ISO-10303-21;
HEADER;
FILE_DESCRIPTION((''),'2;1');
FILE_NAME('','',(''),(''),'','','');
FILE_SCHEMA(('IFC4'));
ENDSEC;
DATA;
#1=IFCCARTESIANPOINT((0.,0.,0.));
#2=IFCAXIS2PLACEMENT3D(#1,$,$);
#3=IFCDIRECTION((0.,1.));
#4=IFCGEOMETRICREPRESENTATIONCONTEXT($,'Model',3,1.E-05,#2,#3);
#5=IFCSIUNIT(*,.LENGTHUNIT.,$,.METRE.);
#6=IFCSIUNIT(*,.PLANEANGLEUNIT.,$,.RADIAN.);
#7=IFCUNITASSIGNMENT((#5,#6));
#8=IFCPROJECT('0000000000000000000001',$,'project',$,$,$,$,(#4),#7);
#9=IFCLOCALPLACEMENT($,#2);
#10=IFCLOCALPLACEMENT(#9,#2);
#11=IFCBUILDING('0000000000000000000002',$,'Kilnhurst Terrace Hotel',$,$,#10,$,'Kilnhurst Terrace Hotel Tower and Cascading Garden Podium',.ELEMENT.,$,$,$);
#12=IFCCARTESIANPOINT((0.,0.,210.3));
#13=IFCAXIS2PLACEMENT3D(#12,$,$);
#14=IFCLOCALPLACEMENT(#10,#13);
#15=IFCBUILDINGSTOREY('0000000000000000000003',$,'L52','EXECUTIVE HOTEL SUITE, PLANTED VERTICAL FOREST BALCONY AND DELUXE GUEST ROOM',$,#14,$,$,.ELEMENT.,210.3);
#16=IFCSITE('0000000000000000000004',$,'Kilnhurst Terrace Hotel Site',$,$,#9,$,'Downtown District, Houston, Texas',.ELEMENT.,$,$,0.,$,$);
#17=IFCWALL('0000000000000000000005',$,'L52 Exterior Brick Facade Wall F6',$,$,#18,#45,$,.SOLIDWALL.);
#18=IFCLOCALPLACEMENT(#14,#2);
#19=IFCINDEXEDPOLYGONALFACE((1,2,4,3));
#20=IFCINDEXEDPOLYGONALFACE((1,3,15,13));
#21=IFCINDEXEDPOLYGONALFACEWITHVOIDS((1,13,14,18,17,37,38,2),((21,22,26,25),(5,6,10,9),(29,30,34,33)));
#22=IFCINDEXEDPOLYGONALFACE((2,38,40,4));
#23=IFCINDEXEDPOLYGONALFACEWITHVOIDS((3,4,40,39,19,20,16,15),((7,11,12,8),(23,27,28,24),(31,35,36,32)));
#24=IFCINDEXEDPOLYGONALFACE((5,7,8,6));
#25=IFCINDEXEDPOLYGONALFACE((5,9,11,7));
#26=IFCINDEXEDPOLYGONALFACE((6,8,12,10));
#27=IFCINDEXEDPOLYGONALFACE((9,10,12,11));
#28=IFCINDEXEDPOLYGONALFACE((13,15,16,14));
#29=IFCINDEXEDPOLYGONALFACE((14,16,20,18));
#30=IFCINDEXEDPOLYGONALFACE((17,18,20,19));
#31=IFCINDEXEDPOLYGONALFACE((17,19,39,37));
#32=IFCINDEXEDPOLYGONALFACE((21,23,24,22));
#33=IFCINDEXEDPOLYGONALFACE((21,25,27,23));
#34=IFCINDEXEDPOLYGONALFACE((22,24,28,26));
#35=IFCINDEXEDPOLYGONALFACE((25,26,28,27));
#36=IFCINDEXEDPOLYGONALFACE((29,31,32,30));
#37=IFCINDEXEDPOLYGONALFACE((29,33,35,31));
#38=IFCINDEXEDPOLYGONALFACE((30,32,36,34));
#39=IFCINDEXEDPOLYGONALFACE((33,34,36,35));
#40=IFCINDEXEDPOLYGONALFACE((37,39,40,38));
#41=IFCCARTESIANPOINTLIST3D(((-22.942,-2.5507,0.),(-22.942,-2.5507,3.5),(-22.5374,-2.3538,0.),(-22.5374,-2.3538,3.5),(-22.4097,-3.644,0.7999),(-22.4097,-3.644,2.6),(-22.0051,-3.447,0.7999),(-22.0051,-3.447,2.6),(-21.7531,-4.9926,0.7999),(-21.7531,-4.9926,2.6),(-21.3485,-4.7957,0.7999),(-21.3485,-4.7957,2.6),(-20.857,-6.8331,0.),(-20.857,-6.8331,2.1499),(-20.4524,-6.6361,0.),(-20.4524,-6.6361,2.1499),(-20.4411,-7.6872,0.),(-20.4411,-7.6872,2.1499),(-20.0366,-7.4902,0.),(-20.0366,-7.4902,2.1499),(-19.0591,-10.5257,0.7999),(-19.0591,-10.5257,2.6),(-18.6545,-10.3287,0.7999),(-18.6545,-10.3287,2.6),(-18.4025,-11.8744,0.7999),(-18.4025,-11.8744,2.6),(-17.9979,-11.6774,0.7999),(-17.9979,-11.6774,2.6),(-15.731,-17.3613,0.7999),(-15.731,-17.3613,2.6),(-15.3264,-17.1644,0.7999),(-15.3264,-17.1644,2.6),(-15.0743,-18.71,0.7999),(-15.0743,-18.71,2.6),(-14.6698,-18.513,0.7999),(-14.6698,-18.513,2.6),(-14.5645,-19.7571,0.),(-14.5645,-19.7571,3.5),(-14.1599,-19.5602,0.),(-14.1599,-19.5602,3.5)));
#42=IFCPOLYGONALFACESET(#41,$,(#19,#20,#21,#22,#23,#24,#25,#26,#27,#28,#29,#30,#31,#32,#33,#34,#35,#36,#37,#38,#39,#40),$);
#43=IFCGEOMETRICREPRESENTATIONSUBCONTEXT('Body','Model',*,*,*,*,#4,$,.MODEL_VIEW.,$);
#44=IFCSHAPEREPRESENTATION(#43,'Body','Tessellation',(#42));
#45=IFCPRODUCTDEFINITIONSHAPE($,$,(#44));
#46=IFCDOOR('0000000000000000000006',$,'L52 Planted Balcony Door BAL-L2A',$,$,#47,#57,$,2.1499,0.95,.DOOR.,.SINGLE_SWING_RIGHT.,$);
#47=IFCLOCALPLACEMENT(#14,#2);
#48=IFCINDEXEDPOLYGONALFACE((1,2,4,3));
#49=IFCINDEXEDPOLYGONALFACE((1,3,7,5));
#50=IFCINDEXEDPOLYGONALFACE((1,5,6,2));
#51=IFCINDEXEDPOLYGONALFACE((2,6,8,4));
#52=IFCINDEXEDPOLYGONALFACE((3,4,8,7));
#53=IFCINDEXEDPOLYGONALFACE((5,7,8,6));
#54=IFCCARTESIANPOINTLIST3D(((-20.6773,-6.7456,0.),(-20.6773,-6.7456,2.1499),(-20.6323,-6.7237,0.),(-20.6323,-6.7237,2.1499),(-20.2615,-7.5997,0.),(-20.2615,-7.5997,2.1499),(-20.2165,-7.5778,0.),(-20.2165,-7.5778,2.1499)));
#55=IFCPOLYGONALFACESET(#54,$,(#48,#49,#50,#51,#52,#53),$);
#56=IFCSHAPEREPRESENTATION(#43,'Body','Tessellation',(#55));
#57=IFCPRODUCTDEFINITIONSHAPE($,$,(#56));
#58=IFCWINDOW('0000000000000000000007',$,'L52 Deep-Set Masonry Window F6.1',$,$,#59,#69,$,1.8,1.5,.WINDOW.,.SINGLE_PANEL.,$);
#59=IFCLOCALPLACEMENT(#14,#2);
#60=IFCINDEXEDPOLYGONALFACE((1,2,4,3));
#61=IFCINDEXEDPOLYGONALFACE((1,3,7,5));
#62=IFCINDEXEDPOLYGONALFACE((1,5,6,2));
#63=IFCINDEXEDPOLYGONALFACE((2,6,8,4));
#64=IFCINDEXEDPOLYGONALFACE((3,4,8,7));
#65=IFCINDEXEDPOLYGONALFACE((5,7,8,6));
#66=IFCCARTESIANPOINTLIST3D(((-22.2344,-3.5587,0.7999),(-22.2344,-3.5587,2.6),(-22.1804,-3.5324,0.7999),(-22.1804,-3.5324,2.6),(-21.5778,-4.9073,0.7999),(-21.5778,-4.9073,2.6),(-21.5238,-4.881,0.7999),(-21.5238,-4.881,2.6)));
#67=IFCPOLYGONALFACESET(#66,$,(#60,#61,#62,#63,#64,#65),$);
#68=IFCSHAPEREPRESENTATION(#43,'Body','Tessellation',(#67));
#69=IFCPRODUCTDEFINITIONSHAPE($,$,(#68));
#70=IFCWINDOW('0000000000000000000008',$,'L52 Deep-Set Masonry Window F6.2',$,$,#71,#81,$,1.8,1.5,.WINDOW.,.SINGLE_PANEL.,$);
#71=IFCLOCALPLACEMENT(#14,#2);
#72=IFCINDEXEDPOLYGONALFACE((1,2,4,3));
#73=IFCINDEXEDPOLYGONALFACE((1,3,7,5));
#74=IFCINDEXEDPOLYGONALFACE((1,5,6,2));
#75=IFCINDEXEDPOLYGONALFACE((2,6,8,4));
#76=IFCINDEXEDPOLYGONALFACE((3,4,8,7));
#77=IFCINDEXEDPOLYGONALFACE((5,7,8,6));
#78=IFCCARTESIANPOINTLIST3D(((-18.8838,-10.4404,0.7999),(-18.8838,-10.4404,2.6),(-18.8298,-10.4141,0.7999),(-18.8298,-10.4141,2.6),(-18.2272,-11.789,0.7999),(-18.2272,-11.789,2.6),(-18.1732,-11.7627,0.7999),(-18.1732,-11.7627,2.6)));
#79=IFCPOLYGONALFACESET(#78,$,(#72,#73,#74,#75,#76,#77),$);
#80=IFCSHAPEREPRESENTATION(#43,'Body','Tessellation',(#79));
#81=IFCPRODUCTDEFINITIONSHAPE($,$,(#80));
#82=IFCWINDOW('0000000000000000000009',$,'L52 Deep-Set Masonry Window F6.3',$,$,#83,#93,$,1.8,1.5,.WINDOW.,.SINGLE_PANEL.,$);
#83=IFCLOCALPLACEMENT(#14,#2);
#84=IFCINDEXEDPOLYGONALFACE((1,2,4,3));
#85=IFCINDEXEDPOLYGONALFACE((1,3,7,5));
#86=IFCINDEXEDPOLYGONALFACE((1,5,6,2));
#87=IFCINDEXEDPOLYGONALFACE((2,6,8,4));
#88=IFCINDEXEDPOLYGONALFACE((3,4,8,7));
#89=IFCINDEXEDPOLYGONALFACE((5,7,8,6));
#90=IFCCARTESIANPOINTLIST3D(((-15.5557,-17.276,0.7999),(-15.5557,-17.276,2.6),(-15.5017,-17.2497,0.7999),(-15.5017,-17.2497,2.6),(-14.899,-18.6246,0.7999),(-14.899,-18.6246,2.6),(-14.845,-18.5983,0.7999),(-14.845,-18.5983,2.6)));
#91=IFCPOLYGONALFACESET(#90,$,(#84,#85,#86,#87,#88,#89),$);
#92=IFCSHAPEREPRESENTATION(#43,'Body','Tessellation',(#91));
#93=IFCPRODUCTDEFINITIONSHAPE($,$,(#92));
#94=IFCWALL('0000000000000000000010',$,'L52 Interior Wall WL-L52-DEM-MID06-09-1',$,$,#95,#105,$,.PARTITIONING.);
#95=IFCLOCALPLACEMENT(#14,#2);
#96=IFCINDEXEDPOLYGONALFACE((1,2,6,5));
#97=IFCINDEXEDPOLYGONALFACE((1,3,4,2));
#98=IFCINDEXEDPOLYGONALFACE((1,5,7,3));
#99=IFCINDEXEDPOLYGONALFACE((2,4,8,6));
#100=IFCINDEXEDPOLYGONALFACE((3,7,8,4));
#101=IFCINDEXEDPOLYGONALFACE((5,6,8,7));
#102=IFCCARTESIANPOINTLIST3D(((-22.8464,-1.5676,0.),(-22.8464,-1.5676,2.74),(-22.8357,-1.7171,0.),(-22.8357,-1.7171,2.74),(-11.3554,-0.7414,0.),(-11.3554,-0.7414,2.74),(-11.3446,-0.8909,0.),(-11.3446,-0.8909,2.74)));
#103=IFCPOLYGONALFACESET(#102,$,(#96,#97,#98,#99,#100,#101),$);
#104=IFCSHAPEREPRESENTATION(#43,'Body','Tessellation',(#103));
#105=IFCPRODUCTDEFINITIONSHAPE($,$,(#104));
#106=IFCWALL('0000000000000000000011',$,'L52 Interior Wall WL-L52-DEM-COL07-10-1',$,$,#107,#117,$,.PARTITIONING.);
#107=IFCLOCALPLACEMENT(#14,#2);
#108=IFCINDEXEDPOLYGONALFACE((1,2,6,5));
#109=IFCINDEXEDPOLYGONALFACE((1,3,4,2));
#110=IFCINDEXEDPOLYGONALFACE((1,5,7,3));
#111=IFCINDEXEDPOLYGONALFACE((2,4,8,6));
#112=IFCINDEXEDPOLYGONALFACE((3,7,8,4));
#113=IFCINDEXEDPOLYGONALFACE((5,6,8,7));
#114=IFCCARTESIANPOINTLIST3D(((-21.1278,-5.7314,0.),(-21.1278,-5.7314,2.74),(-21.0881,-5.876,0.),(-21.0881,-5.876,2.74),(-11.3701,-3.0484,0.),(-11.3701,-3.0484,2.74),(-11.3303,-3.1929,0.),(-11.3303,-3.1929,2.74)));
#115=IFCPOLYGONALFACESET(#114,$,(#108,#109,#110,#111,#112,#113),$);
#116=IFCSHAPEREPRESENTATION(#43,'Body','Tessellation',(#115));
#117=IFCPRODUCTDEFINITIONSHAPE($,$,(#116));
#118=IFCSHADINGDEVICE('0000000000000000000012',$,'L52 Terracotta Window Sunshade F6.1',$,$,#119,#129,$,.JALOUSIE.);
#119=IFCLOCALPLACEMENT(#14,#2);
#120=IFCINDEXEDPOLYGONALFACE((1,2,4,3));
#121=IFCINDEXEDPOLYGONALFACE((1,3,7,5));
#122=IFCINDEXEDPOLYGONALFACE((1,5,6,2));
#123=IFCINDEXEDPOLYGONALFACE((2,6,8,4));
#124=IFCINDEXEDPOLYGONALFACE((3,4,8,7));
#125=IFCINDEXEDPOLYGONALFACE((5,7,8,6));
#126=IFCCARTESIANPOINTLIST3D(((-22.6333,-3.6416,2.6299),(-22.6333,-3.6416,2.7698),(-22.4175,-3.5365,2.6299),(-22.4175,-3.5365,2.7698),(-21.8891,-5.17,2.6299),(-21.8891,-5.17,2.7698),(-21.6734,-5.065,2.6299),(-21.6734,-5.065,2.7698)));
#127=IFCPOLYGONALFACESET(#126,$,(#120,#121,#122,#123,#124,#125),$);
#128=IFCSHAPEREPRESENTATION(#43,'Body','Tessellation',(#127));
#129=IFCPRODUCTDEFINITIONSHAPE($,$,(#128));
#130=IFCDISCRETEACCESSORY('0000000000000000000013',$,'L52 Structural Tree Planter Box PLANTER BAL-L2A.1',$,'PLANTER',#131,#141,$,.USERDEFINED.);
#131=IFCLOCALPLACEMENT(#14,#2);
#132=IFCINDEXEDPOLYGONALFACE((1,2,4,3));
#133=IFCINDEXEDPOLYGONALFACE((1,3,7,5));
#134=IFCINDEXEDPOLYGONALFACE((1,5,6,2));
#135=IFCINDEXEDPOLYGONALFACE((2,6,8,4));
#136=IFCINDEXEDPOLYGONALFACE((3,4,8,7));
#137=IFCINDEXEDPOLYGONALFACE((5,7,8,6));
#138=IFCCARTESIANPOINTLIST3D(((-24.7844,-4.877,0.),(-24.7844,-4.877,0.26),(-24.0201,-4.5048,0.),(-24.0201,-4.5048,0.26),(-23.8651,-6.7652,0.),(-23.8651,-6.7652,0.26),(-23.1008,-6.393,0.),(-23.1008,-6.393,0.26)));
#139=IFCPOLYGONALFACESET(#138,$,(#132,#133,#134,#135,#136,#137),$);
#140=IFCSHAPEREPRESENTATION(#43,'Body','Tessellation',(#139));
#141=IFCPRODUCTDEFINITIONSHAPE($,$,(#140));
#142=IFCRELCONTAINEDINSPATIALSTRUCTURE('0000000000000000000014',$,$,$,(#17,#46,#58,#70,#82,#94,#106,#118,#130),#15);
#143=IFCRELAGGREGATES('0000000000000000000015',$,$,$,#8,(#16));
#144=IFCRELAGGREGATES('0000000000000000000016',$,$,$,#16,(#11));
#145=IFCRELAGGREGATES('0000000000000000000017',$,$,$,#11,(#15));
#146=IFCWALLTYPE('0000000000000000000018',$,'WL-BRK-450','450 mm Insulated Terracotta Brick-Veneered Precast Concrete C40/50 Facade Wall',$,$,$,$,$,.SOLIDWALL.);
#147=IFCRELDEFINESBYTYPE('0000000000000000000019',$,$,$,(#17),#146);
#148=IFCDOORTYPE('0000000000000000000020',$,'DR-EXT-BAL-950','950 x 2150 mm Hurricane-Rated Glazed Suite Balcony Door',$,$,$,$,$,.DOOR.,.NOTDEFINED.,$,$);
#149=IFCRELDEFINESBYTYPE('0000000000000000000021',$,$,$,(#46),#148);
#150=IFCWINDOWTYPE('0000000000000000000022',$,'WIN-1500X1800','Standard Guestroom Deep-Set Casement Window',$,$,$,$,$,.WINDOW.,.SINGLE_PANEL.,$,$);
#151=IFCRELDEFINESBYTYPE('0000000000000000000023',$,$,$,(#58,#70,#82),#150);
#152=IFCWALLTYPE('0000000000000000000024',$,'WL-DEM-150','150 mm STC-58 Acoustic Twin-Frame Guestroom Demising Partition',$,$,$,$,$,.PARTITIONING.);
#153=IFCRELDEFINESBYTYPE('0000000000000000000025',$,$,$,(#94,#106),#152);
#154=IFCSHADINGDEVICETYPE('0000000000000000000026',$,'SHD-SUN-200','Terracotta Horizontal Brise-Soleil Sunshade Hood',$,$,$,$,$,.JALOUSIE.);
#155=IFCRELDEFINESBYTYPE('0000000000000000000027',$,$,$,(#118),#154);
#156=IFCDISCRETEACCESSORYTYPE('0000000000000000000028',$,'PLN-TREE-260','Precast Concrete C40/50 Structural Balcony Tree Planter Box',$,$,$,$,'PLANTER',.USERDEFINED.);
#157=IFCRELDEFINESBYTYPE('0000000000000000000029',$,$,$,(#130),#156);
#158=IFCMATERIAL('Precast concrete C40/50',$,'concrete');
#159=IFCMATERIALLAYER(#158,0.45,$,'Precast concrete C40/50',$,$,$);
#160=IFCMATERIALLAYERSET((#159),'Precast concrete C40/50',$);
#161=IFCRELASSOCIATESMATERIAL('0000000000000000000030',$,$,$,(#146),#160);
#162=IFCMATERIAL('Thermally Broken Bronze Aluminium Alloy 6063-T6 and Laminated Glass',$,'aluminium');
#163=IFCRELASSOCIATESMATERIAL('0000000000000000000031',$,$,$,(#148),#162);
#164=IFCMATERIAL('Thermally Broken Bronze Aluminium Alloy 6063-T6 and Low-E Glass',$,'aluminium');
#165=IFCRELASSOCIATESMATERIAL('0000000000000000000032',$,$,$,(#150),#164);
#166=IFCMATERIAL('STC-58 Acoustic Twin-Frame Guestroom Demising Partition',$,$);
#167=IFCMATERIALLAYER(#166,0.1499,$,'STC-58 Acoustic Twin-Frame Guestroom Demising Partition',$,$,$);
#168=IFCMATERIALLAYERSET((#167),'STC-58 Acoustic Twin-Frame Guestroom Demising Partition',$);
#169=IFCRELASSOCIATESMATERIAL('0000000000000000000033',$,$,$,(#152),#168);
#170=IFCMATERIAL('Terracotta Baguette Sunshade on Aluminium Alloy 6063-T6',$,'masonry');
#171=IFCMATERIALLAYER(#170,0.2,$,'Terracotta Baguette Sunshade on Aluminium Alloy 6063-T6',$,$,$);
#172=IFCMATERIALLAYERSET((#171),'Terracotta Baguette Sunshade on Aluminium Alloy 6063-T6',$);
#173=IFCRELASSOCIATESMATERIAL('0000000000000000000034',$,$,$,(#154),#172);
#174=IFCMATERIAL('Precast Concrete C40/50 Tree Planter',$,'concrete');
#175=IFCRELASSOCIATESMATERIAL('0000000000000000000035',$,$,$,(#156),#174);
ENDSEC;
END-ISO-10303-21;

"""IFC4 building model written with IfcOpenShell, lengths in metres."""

from ifc_helpers import new_model, si_unit, direction, frame, frame_2d, origin, origin_2d, place, context, subcontext, project, spatial, rectangle, extrude, material, layer, layer_set, type_object, element, fill, save


model = new_model("IFC4")

# Units and contexts
model_context = context("Model", 3, precision=1e-05, world=origin(), true_north=direction((0.0, 1.0)))
body_context = subcontext(model_context, "Body", "Model", "MODEL_VIEW")
ifc_project = project(units=[si_unit("LENGTHUNIT", "METRE"), si_unit("PLANEANGLEUNIT", "RADIAN")], contexts=[model_context])

# Site, building, storey
site_placement = place(None, origin())
site = spatial("IfcSite", under=ifc_project, at=site_placement, Name="Kilnhurst Terrace Hotel Site", LongName="Downtown District, Houston, Texas", CompositionType="ELEMENT", RefElevation=0.0)
building_placement = place(site_placement, origin())
building = spatial("IfcBuilding", under=site, at=building_placement, Name="Kilnhurst Terrace Hotel", LongName="Kilnhurst Terrace Hotel Tower and Cascading Garden Podium", CompositionType="ELEMENT")
storey_placement = place(building_placement, frame((0.0, 0.0, 210.3)))
storey = spatial("IfcBuildingStorey", under=building, at=storey_placement, Name="L52", Description="EXECUTIVE HOTEL SUITE, PLANTED VERTICAL FOREST BALCONY AND DELUXE GUEST ROOM", CompositionType="ELEMENT", Elevation=210.3)

# Shared definitions
ifc_material_1 = material(Name="Precast concrete C40/50", Category="concrete")
ifc_layer_1 = layer(ifc_material_1, 0.45, Name="Precast concrete C40/50")
ifc_layer_set_1 = layer_set([ifc_layer_1], Name="Precast concrete C40/50")
wall_type_1 = type_object("IfcWallType", Name="WL-BRK-450", Description="450 mm Insulated Terracotta Brick-Veneered Precast Concrete C40/50 Facade Wall", PredefinedType="SOLIDWALL", material=ifc_layer_set_1)

# Wall, openings, door, windows
wall_1_placement = place(storey_placement, frame((-22.7397, -2.4521, 0.0), z_axis=(0.0, 0.0, 1.0), x_axis=(0.437753, -0.899095, 0.0)))
wall_1 = element("IfcWall", 1, at=wall_1_placement, inside=storey, type_object=wall_type_1, Name="L52 Exterior Brick Facade Wall F6", PredefinedType="SOLIDWALL", context=body_context, shape_type="SweptSolid", body=[
    extrude(rectangle(XDim=19.1375, YDim=0.45, at=frame_2d((9.5688, 0.0))), origin(), (0.0, 0.0, 1.0), 3.5),
])
opening_1_placement = place(wall_1_placement, frame((4.7629, 0.0, 0.0)))
opening_1 = element("IfcOpeningElement", 2, at=opening_1_placement, cuts=wall_1, PredefinedType="OPENING", context=body_context, shape_type="SweptSolid", body=[
    extrude(rectangle(XDim=0.95, YDim=2.1499, at=frame_2d((0.4751, 1.075))), frame((0.0, 0.2349, 0.0), z_axis=(0.0, -1.0, 0.0), x_axis=(1.0, 0.0, 0.0)), (0.0, 0.0, 1.0), 0.47),
])
opening_2_placement = place(wall_1_placement, frame((1.2161, 0.0, 0.8)))
opening_2 = element("IfcOpeningElement", 3, at=opening_2_placement, cuts=wall_1, PredefinedType="OPENING", context=body_context, shape_type="SweptSolid", body=[
    extrude(rectangle(XDim=1.5, YDim=1.8, at=frame_2d((0.75, 0.8999))), frame((0.0, 0.2349, 0.0), z_axis=(0.0, -1.0, 0.0), x_axis=(1.0, 0.0, 0.0)), (0.0, 0.0, 1.0), 0.47),
])
opening_3_placement = place(wall_1_placement, frame((8.8701, 0.0, 0.8)))
opening_3 = element("IfcOpeningElement", 4, at=opening_3_placement, cuts=wall_1, PredefinedType="OPENING", context=body_context, shape_type="SweptSolid", body=[
    extrude(rectangle(XDim=1.5, YDim=1.8, at=frame_2d((0.75, 0.8999))), frame((0.0, 0.2349, 0.0), z_axis=(0.0, -1.0, 0.0), x_axis=(1.0, 0.0, 0.0)), (0.0, 0.0, 1.0), 0.47),
])
opening_4_placement = place(wall_1_placement, frame((16.4729, 0.0, 0.8)))
opening_4 = element("IfcOpeningElement", 5, at=opening_4_placement, cuts=wall_1, PredefinedType="OPENING", context=body_context, shape_type="SweptSolid", body=[
    extrude(rectangle(XDim=1.5, YDim=1.8, at=frame_2d((0.75, 0.8999))), frame((0.0, 0.2349, 0.0), z_axis=(0.0, -1.0, 0.0), x_axis=(1.0, 0.0, 0.0)), (0.0, 0.0, 1.0), 0.47),
])
ifc_material_2 = material(Name="Thermally Broken Bronze Aluminium Alloy 6063-T6 and Laminated Glass", Category="aluminium")
door_type_1 = type_object("IfcDoorType", Name="DR-EXT-BAL-950", Description="950 x 2150 mm Hurricane-Rated Glazed Suite Balcony Door", OperationType="NOTDEFINED", PredefinedType="DOOR", material=ifc_material_2)
door_1_placement = place(opening_1_placement, origin())
door_1 = element("IfcDoor", 6, at=door_1_placement, inside=storey, type_object=door_type_1, Name="L52 Planted Balcony Door BAL-L2A", OperationType="SINGLE_SWING_RIGHT", OverallHeight=2.1499, OverallWidth=0.95, PredefinedType="DOOR", context=body_context, shape_type="SweptSolid", body=[
    extrude(rectangle(XDim=0.95, YDim=2.1499, at=frame_2d((0.4751, 1.075))), frame((0.0, 0.0249, 0.0), z_axis=(0.0, -1.0, 0.0), x_axis=(1.0, 0.0, 0.0)), (0.0, 0.0, 1.0), 0.05),
])
fill(opening_1, door_1)
ifc_material_3 = material(Name="Thermally Broken Bronze Aluminium Alloy 6063-T6 and Low-E Glass", Category="aluminium")
window_type = type_object("IfcWindowType", Name="WIN-1500X1800", Description="Standard Guestroom Deep-Set Casement Window", PartitioningType="SINGLE_PANEL", PredefinedType="WINDOW", material=ifc_material_3)
window_1_placement = place(opening_2_placement, origin())
window_1 = element("IfcWindow", 7, at=window_1_placement, inside=storey, type_object=window_type, Name="L52 Deep-Set Masonry Window F6.1", OverallHeight=1.8, OverallWidth=1.5, PartitioningType="SINGLE_PANEL", PredefinedType="WINDOW", context=body_context, shape_type="SweptSolid", body=[
    extrude(rectangle(XDim=1.5, YDim=1.8, at=frame_2d((0.75, 0.8999))), frame((0.0, 0.03, 0.0), z_axis=(0.0, -1.0, 0.0), x_axis=(1.0, 0.0, 0.0)), (0.0, 0.0, 1.0), 0.0601),
])
fill(opening_2, window_1)
window_2_placement = place(opening_3_placement, origin())
window_2 = element("IfcWindow", 8, at=window_2_placement, inside=storey, type_object=window_type, Name="L52 Deep-Set Masonry Window F6.2", OverallHeight=1.8, OverallWidth=1.5, PartitioningType="SINGLE_PANEL", PredefinedType="WINDOW", context=body_context, shape_type="SweptSolid", body=[
    extrude(rectangle(XDim=1.5, YDim=1.8, at=frame_2d((0.75, 0.8999))), frame((0.0, 0.03, 0.0), z_axis=(0.0, -1.0, 0.0), x_axis=(1.0, 0.0, 0.0)), (0.0, 0.0, 1.0), 0.0601),
])
fill(opening_3, window_2)
window_3_placement = place(opening_4_placement, origin())
window_3 = element("IfcWindow", 9, at=window_3_placement, inside=storey, type_object=window_type, Name="L52 Deep-Set Masonry Window F6.3", OverallHeight=1.8, OverallWidth=1.5, PartitioningType="SINGLE_PANEL", PredefinedType="WINDOW", context=body_context, shape_type="SweptSolid", body=[
    extrude(rectangle(XDim=1.5, YDim=1.8, at=frame_2d((0.75, 0.8999))), frame((0.0, 0.03, 0.0), z_axis=(0.0, -1.0, 0.0), x_axis=(1.0, 0.0, 0.0)), (0.0, 0.0, 1.0), 0.0601),
])
fill(opening_4, window_3)

# Walls
ifc_material_4 = material(Name="STC-58 Acoustic Twin-Frame Guestroom Demising Partition")
ifc_layer_2 = layer(ifc_material_4, 0.1499, Name="STC-58 Acoustic Twin-Frame Guestroom Demising Partition")
ifc_layer_set_2 = layer_set([ifc_layer_2], Name="STC-58 Acoustic Twin-Frame Guestroom Demising Partition")
wall_type_2 = type_object("IfcWallType", Name="WL-DEM-150", Description="150 mm STC-58 Acoustic Twin-Frame Guestroom Demising Partition", PredefinedType="PARTITIONING", material=ifc_layer_set_2)
wall_2_placement = place(storey_placement, frame((-11.3501, -0.8162, 0.0), z_axis=(0.0, 0.0, 1.0), x_axis=(-0.997425, -0.071711, 0.0)))
element("IfcWall", 10, at=wall_2_placement, inside=storey, type_object=wall_type_2, Name="L52 Interior Wall WL-L52-DEM-MID06-09-1", PredefinedType="PARTITIONING", context=body_context, shape_type="SweptSolid", body=[
    extrude(rectangle(XDim=11.5208, YDim=0.1499, at=frame_2d((5.7603, 0.0))), origin(), (0.0, 0.0, 1.0), 2.74),
])
wall_3_placement = place(storey_placement, frame((-11.3501, -3.1206, 0.0), z_axis=(0.0, 0.0, 1.0), x_axis=(-0.964213, -0.26513, 0.0)))
element("IfcWall", 11, at=wall_3_placement, inside=storey, type_object=wall_type_2, Name="L52 Interior Wall WL-L52-DEM-COL07-10-1", PredefinedType="PARTITIONING", context=body_context, shape_type="SweptSolid", body=[
    extrude(rectangle(XDim=10.1199, YDim=0.1499, at=frame_2d((5.0601, 0.0))), origin(), (0.0, 0.0, 1.0), 2.74),
])

# Shading device
ifc_material_5 = material(Name="Terracotta Baguette Sunshade on Aluminium Alloy 6063-T6", Category="masonry")
ifc_layer_3 = layer(ifc_material_5, 0.2, Name="Terracotta Baguette Sunshade on Aluminium Alloy 6063-T6")
ifc_layer_set_3 = layer_set([ifc_layer_3], Name="Terracotta Baguette Sunshade on Aluminium Alloy 6063-T6")
shading_device_type = type_object("IfcShadingDeviceType", Name="SHD-SUN-200", Description="Terracotta Horizontal Brise-Soleil Sunshade Hood", PredefinedType="JALOUSIE", material=ifc_layer_set_3)
shading_device_placement = place(storey_placement, frame((-22.1533, -4.3533, 2.6299), z_axis=(0.0, 0.0, 1.0), x_axis=(0.437744, -0.8991, 0.0)))
element("IfcShadingDevice", 12, at=shading_device_placement, inside=storey, type_object=shading_device_type, Name="L52 Terracotta Window Sunshade F6.1", PredefinedType="JALOUSIE", context=body_context, shape_type="SweptSolid", body=[
    extrude(rectangle(XDim=1.7, YDim=0.24, at=origin_2d()), origin(), (0.0, 0.0, 1.0), 0.1399),
])

# Discrete accessory
ifc_material_6 = material(Name="Precast Concrete C40/50 Tree Planter", Category="concrete")
discrete_accessory_type = type_object("IfcDiscreteAccessoryType", Name="PLN-TREE-260", Description="Precast Concrete C40/50 Structural Balcony Tree Planter Box", ElementType="PLANTER", PredefinedType="USERDEFINED", material=ifc_material_6)
discrete_accessory_placement = place(storey_placement, frame((-23.9426, -5.635, 0.0), z_axis=(0.0, 0.0, 1.0), x_axis=(0.437744, -0.8991, 0.0)))
element("IfcDiscreteAccessory", 13, at=discrete_accessory_placement, inside=storey, type_object=discrete_accessory_type, Name="L52 Structural Tree Planter Box PLANTER BAL-L2A.1", ObjectType="PLANTER", PredefinedType="USERDEFINED", context=body_context, shape_type="SweptSolid", body=[
    extrude(rectangle(XDim=2.1001, YDim=0.8501, at=origin_2d()), origin(), (0.0, 0.0, 1.0), 0.26),
])

save(model, "model.ifc")
